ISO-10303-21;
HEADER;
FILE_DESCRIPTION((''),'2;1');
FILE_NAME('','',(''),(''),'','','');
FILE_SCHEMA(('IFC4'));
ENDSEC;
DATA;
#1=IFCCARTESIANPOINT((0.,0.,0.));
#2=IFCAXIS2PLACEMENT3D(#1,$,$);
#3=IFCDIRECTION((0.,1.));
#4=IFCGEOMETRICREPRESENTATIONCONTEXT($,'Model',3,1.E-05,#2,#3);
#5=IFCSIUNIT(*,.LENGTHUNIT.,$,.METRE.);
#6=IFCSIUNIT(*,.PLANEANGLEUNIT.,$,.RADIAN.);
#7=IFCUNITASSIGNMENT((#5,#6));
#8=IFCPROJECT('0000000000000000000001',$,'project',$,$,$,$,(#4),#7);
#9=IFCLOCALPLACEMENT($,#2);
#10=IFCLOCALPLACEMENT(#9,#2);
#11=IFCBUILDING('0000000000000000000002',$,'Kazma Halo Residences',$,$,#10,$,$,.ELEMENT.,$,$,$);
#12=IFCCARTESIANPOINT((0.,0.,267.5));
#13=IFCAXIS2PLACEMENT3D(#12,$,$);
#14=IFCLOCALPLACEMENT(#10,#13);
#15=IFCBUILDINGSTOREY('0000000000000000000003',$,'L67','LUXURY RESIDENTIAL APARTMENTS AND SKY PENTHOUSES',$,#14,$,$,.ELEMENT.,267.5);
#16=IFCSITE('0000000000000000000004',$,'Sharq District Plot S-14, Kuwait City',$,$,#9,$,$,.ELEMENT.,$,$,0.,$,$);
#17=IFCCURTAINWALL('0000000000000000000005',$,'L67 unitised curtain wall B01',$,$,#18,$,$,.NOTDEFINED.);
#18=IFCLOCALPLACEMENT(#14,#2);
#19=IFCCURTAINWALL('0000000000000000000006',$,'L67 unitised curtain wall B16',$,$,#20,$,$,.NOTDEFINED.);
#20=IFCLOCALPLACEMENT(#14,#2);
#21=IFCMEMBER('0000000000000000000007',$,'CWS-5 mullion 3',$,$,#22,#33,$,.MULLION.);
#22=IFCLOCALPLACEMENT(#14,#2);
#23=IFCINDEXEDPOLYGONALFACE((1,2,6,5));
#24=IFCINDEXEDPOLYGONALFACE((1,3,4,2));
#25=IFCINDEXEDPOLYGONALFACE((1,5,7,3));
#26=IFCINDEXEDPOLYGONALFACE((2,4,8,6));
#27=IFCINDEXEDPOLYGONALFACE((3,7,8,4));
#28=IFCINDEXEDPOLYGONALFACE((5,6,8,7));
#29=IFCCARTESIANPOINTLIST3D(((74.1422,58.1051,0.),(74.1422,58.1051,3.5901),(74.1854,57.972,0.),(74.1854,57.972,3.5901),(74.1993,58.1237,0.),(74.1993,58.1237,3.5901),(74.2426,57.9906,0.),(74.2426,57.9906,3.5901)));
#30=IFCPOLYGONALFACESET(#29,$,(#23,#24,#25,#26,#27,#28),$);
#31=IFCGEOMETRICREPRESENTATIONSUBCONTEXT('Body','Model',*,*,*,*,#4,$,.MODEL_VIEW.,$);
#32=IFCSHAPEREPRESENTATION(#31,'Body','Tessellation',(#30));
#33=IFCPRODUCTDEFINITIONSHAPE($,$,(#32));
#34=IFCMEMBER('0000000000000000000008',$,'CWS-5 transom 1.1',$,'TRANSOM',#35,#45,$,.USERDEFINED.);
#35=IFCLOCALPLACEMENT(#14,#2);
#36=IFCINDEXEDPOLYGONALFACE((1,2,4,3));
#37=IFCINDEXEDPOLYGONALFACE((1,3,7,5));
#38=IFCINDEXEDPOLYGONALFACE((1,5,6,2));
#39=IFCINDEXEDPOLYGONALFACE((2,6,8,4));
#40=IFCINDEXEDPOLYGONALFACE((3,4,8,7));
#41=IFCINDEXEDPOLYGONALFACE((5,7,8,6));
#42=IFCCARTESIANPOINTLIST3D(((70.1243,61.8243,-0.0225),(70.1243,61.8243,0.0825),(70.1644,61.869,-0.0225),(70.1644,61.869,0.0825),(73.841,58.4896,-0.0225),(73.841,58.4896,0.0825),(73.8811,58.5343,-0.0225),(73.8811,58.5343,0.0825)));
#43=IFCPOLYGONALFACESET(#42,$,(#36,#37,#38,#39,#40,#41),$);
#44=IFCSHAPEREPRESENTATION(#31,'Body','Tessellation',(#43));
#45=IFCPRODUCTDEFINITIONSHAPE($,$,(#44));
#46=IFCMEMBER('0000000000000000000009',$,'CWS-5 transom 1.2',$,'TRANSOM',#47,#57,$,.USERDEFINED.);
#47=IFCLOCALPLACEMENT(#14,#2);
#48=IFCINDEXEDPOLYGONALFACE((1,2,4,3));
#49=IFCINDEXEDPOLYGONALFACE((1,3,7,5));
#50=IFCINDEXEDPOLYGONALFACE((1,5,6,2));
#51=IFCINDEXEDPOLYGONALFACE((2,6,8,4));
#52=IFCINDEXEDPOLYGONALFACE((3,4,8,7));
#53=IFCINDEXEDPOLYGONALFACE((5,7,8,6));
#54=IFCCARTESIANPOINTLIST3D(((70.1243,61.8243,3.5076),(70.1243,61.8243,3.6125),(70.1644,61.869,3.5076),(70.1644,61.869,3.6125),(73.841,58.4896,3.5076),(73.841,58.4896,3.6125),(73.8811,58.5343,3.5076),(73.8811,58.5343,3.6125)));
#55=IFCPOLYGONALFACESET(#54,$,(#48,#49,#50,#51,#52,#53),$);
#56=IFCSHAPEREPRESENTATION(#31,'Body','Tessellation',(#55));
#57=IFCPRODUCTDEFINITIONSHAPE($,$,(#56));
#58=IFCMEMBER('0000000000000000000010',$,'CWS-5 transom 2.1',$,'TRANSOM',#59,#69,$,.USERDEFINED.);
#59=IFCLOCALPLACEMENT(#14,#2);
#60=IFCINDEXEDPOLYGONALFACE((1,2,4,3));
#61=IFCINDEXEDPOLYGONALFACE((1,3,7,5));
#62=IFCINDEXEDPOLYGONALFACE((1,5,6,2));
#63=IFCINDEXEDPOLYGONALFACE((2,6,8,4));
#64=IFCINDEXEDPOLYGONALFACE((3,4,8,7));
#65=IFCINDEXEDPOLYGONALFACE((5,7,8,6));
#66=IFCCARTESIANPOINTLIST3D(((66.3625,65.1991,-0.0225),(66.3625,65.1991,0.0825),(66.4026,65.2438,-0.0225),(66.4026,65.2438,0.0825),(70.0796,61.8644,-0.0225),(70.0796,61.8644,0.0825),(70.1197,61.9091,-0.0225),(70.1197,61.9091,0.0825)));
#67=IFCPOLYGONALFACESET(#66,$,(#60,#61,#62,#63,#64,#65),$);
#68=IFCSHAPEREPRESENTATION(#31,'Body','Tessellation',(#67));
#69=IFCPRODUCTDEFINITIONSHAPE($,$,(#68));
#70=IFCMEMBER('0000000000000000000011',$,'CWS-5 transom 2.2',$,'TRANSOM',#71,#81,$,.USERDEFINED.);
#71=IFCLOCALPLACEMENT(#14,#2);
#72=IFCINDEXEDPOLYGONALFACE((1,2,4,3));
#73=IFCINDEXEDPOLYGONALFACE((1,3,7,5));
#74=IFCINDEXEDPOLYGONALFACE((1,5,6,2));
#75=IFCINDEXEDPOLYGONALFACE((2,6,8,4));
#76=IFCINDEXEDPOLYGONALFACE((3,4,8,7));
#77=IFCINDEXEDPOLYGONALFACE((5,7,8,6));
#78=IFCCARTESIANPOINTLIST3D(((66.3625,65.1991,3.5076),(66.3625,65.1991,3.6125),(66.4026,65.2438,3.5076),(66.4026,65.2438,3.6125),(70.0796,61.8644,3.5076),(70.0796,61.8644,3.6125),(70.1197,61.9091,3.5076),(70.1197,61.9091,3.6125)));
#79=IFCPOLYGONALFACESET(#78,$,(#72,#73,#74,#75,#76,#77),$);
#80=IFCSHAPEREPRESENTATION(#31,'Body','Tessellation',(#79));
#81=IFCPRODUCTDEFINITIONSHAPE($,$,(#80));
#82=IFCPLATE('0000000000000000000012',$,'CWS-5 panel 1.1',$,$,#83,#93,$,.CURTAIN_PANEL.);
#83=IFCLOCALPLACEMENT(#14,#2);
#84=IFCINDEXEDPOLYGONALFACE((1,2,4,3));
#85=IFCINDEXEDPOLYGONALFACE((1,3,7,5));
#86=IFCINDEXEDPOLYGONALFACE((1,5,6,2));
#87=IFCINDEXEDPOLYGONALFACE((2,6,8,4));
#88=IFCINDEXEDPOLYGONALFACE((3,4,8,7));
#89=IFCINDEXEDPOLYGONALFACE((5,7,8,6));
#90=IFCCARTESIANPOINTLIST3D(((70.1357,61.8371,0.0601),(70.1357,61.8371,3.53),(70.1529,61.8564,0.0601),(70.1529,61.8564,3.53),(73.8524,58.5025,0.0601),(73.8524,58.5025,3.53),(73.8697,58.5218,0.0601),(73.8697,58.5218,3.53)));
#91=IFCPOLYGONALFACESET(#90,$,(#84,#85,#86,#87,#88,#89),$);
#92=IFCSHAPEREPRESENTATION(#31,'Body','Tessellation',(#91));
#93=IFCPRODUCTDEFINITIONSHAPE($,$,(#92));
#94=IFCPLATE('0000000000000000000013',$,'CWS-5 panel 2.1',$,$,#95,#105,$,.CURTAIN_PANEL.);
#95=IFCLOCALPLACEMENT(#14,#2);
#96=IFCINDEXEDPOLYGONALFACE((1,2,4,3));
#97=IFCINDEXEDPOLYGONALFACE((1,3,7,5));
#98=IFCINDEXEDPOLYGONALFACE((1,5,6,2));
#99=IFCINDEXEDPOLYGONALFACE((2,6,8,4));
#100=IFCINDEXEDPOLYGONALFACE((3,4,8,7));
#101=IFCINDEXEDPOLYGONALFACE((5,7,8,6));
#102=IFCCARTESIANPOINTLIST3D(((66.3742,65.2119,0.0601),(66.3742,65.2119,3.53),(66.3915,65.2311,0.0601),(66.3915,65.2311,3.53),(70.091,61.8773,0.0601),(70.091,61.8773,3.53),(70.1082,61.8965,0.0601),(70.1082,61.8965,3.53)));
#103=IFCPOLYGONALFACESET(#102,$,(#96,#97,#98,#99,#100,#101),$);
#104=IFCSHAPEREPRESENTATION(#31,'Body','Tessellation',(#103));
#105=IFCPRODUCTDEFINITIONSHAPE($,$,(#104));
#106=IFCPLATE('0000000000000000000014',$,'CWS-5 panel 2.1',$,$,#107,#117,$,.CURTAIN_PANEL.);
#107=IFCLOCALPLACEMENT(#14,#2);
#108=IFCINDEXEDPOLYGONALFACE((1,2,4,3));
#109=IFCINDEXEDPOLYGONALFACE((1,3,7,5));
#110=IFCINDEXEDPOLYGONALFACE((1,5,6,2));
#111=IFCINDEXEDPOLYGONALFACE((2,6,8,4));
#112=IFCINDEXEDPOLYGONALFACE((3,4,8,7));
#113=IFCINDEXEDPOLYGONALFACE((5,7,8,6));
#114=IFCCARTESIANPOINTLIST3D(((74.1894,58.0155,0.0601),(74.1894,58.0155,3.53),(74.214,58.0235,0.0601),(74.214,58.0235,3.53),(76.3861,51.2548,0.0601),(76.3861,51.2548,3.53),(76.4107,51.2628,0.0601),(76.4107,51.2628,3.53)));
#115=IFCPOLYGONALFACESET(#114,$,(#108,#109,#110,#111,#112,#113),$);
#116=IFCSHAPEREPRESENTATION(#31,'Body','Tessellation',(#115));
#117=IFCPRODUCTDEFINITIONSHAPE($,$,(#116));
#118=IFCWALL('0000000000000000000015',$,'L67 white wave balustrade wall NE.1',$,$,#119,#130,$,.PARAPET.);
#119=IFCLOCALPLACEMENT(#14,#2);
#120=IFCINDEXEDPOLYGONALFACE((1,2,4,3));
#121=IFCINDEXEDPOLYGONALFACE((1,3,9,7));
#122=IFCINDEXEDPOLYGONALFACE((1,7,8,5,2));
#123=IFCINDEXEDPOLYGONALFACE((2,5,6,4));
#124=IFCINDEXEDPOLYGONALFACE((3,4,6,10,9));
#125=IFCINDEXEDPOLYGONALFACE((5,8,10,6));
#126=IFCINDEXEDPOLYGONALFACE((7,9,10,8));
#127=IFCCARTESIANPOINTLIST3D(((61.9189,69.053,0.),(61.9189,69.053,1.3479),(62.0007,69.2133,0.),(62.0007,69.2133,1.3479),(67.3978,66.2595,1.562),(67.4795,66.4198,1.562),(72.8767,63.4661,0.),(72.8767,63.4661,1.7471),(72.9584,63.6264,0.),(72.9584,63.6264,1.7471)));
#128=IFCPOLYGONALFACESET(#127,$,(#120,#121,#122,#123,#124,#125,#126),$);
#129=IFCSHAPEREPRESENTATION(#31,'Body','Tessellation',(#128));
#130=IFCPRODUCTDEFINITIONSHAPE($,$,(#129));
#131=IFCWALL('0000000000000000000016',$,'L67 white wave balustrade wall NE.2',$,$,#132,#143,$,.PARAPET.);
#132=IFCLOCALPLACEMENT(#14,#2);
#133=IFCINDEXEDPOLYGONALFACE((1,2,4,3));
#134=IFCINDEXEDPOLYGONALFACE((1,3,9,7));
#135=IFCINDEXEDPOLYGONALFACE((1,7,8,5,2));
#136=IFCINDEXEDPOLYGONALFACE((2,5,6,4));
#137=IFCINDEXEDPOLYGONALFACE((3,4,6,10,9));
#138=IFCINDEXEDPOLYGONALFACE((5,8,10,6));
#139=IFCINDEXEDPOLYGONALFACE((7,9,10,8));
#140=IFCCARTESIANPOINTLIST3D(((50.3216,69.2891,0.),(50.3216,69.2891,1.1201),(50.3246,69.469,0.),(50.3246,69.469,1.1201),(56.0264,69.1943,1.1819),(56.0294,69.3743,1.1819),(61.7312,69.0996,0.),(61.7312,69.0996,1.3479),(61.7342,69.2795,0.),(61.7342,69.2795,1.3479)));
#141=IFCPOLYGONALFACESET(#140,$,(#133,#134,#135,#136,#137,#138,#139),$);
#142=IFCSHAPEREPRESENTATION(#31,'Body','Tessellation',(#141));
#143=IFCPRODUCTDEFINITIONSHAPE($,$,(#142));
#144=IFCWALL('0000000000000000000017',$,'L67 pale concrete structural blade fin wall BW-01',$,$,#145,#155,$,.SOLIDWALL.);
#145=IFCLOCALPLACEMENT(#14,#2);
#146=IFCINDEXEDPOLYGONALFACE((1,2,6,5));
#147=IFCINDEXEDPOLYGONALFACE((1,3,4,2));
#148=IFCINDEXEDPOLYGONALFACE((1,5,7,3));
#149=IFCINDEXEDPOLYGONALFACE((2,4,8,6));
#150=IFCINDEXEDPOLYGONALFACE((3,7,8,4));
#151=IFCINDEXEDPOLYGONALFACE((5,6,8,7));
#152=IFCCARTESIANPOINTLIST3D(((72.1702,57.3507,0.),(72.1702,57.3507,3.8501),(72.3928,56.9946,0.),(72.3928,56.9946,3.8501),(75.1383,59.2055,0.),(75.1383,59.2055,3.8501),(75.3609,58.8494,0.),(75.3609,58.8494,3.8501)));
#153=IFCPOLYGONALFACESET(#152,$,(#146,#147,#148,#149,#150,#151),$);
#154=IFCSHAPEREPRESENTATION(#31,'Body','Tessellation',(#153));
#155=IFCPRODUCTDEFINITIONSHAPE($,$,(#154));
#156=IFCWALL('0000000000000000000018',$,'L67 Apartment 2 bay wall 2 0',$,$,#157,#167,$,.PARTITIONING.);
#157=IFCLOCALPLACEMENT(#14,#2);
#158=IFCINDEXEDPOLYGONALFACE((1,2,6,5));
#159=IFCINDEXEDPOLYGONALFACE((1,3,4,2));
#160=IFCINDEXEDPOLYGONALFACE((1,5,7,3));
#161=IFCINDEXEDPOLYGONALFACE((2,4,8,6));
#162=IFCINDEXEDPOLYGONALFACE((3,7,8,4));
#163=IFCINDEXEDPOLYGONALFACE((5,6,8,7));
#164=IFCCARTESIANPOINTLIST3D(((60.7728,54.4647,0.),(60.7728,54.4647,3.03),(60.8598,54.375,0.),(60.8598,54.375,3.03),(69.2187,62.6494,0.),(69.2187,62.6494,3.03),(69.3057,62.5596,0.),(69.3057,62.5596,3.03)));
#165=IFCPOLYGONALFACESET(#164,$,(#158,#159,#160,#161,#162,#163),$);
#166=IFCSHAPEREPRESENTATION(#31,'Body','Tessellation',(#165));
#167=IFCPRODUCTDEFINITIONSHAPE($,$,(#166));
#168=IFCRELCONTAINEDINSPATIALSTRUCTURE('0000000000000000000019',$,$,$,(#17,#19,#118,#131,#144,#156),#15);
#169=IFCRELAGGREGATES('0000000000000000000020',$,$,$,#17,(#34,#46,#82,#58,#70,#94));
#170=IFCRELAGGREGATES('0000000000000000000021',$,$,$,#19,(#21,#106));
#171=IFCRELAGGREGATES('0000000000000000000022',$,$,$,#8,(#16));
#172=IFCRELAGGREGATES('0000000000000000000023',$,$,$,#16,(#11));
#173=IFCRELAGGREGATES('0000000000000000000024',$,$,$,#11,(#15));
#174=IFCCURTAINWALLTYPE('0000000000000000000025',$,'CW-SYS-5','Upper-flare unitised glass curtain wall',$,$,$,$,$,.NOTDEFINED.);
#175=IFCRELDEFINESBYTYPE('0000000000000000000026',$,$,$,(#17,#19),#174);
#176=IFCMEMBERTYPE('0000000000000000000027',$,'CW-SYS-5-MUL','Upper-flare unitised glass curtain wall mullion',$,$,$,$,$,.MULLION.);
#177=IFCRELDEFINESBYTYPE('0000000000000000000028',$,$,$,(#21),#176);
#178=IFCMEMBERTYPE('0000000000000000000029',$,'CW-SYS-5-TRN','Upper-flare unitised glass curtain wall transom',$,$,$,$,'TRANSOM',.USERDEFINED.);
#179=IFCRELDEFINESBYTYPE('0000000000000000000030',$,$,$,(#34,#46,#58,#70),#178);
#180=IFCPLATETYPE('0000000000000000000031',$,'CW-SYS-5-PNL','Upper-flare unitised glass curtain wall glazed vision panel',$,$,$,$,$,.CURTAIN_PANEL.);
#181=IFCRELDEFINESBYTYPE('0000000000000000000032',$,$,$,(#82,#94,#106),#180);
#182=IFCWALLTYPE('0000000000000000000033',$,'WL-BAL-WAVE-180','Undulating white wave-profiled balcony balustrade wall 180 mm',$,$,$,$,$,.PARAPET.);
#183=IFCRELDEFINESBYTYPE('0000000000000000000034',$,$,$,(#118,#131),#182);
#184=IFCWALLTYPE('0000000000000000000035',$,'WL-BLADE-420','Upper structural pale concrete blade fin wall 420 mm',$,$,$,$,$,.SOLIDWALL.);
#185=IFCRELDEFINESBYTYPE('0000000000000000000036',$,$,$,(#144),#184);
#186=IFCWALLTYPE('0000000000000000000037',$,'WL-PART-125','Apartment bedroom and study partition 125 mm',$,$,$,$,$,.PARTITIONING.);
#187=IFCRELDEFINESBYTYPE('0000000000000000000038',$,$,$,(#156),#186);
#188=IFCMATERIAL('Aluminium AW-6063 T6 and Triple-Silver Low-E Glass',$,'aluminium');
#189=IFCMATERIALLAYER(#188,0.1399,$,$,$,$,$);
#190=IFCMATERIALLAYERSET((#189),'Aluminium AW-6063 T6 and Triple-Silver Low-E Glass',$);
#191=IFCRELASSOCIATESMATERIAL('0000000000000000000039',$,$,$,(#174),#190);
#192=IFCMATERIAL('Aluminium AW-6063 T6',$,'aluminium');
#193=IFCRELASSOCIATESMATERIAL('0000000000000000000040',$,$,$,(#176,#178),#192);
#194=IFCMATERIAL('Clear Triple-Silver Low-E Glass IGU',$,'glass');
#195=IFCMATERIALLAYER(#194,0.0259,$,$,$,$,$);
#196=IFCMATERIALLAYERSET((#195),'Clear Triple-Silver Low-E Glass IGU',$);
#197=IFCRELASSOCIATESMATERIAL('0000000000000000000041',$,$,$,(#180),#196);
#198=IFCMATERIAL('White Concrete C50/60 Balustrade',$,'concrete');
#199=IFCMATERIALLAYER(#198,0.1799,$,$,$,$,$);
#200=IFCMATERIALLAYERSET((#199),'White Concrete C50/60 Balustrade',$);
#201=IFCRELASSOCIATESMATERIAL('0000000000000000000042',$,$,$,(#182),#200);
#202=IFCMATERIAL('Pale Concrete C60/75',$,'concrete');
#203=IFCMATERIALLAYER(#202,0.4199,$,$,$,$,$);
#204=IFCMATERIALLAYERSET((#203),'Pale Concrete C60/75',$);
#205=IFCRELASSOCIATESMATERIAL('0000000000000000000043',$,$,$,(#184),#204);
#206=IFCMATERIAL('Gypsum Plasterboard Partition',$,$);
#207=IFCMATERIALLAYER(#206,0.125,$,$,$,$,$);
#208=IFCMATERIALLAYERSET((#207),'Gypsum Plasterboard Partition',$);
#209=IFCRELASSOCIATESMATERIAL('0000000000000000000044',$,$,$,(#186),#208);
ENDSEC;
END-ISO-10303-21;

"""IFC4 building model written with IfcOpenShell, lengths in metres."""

from ifc_helpers import new_model, si_unit, direction, frame, frame_2d, origin, origin_2d, place, context, subcontext, project, spatial, polyline, rectangle, outline, extrude, material, layer, layer_set, material_profile, profile_set, type_object, element, aggregate, save


model = new_model("IFC4")

# Units and contexts
model_context = context("Model", 3, precision=1e-05, world=origin(), true_north=direction((0.0, 1.0)))
body_context = subcontext(model_context, "Body", "Model", "MODEL_VIEW")
ifc_project = project(units=[si_unit("LENGTHUNIT", "METRE"), si_unit("PLANEANGLEUNIT", "RADIAN")], contexts=[model_context])

# Site, building, storey
site_placement = place(None, origin())
site = spatial("IfcSite", under=ifc_project, at=site_placement, Name="Sharq District Plot S-14, Kuwait City", CompositionType="ELEMENT", RefElevation=0.0)
building_placement = place(site_placement, origin())
building = spatial("IfcBuilding", under=site, at=building_placement, Name="Kazma Halo Residences", CompositionType="ELEMENT")
storey_placement = place(building_placement, frame((0.0, 0.0, 267.5)))
storey = spatial("IfcBuildingStorey", under=building, at=storey_placement, Name="L67", Description="LUXURY RESIDENTIAL APARTMENTS AND SKY PENTHOUSES", CompositionType="ELEMENT", Elevation=267.5)

# Curtain wall
ifc_material_1 = material(Name="Aluminium AW-6063 T6 and Triple-Silver Low-E Glass", Category="aluminium")
ifc_layer_1 = layer(ifc_material_1, 0.1399)
ifc_layer_set_1 = layer_set([ifc_layer_1], Name="Aluminium AW-6063 T6 and Triple-Silver Low-E Glass")
curtain_wall_type = type_object("IfcCurtainWallType", Name="CW-SYS-5", Description="Upper-flare unitised glass curtain wall", PredefinedType="NOTDEFINED", material=ifc_layer_set_1)
curtain_wall_1_placement = place(storey_placement, origin())
curtain_wall_1 = element("IfcCurtainWall", 1, at=curtain_wall_1_placement, inside=storey, type_object=curtain_wall_type, Name="L67 unitised curtain wall B01", PredefinedType="NOTDEFINED")
ifc_material_2 = material(Name="Aluminium AW-6063 T6", Category="aluminium")
ifc_material_profile_1 = material_profile(ifc_material_2, rectangle(XDim=0.0601, YDim=0.1399, at=origin_2d()), Name="CWM-60x140")
ifc_profile_set_1 = profile_set([ifc_material_profile_1], Name="Aluminium AW-6063 T6")
member_type_1 = type_object("IfcMemberType", Name="CW-SYS-5-MUL", Description="Upper-flare unitised glass curtain wall mullion", PredefinedType="MULLION", material=ifc_profile_set_1)

# Curtain wall, member
curtain_wall_2_placement = place(storey_placement, origin())
curtain_wall_2 = element("IfcCurtainWall", 2, at=curtain_wall_2_placement, inside=storey, type_object=curtain_wall_type, Name="L67 unitised curtain wall B16", PredefinedType="NOTDEFINED")
member_1_placement = place(storey_placement, frame((74.1924, 58.0479, 0.0), z_axis=(0.0, 0.0, 1.0), x_axis=(-0.951058, -0.309011, 0.0)))
member_1 = element("IfcMember", 3, at=member_1_placement, type_object=member_type_1, Name="CWS-5 mullion 3", PredefinedType="MULLION", context=body_context, shape_type="SweptSolid", body=[
    extrude(rectangle(XDim=0.0601, YDim=0.1399, at=origin_2d()), origin(), (0.0, 0.0, 1.0), 3.5901),
])

# Members
ifc_material_profile_2 = material_profile(ifc_material_2, rectangle(XDim=0.0601, YDim=0.105, at=origin_2d()), Name="CWT-60x105")
ifc_profile_set_2 = profile_set([ifc_material_profile_2], Name="Aluminium AW-6063 T6")
member_type_2 = type_object("IfcMemberType", Name="CW-SYS-5-TRN", Description="Upper-flare unitised glass curtain wall transom", ElementType="TRANSOM", PredefinedType="USERDEFINED", material=ifc_profile_set_2)
member_2_placement = place(storey_placement, frame((73.8611, 58.512, 0.03), z_axis=(-0.744329, 0.667813, 0.0), x_axis=(-0.667813, -0.744329, 0.0)))
member_2 = element("IfcMember", 4, at=member_2_placement, type_object=member_type_2, Name="CWS-5 transom 1.1", ObjectType="TRANSOM", PredefinedType="USERDEFINED", context=body_context, shape_type="SweptSolid", body=[
    extrude(rectangle(XDim=0.0601, YDim=0.105, at=origin_2d()), origin(), (0.0, 0.0, 1.0), 4.9934),
])
member_3_placement = place(storey_placement, frame((73.8611, 58.512, 3.5601), z_axis=(-0.744329, 0.667813, 0.0), x_axis=(-0.667813, -0.744329, 0.0)))
member_3 = element("IfcMember", 5, at=member_3_placement, type_object=member_type_2, Name="CWS-5 transom 1.2", ObjectType="TRANSOM", PredefinedType="USERDEFINED", context=body_context, shape_type="SweptSolid", body=[
    extrude(rectangle(XDim=0.0601, YDim=0.105, at=origin_2d()), origin(), (0.0, 0.0, 1.0), 4.9934),
])
member_4_placement = place(storey_placement, frame((70.0996, 61.8867, 0.03), z_axis=(-0.744351, 0.667789, 0.0), x_axis=(-0.667789, -0.744351, 0.0)))
member_4 = element("IfcMember", 6, at=member_4_placement, type_object=member_type_2, Name="CWS-5 transom 2.1", ObjectType="TRANSOM", PredefinedType="USERDEFINED", context=body_context, shape_type="SweptSolid", body=[
    extrude(rectangle(XDim=0.0601, YDim=0.105, at=origin_2d()), origin(), (0.0, 0.0, 1.0), 4.9937),
])
member_5_placement = place(storey_placement, frame((70.0996, 61.8867, 3.5601), z_axis=(-0.744351, 0.667789, 0.0), x_axis=(-0.667789, -0.744351, 0.0)))
member_5 = element("IfcMember", 7, at=member_5_placement, type_object=member_type_2, Name="CWS-5 transom 2.2", ObjectType="TRANSOM", PredefinedType="USERDEFINED", context=body_context, shape_type="SweptSolid", body=[
    extrude(rectangle(XDim=0.0601, YDim=0.105, at=origin_2d()), origin(), (0.0, 0.0, 1.0), 4.9937),
])

# Plates
ifc_material_3 = material(Name="Clear Triple-Silver Low-E Glass IGU", Category="glass")
ifc_layer_2 = layer(ifc_material_3, 0.0259)
ifc_layer_set_2 = layer_set([ifc_layer_2], Name="Clear Triple-Silver Low-E Glass IGU")
plate_type = type_object("IfcPlateType", Name="CW-SYS-5-PNL", Description="Upper-flare unitised glass curtain wall glazed vision panel", PredefinedType="CURTAIN_PANEL", material=ifc_layer_set_2)
plate_1_placement = place(storey_placement, frame((72.0027, 60.1794, 0.0601), z_axis=(0.0, 0.0, 1.0), x_axis=(-0.744336, 0.667805, 0.0)))
plate_1 = element("IfcPlate", 8, at=plate_1_placement, type_object=plate_type, Name="CWS-5 panel 1.1", PredefinedType="CURTAIN_PANEL", context=body_context, shape_type="SweptSolid", body=[
    extrude(rectangle(XDim=4.9934, YDim=0.0259, at=origin_2d()), origin(), (0.0, 0.0, 1.0), 3.47),
])
plate_2_placement = place(storey_placement, frame((68.2412, 63.5542, 0.0601), z_axis=(0.0, 0.0, 1.0), x_axis=(-0.744336, 0.667805, 0.0)))
plate_2 = element("IfcPlate", 9, at=plate_2_placement, type_object=plate_type, Name="CWS-5 panel 2.1", PredefinedType="CURTAIN_PANEL", context=body_context, shape_type="SweptSolid", body=[
    extrude(rectangle(XDim=4.9934, YDim=0.0259, at=origin_2d()), origin(), (0.0, 0.0, 1.0), 3.47),
])
aggregate(curtain_wall_1, [member_2, member_3, plate_1, member_4, member_5, plate_2])
plate_3_placement = place(storey_placement, frame((75.3, 54.6392, 0.0601), z_axis=(0.0, 0.0, 1.0), x_axis=(-0.309011, 0.951058, 0.0)))
plate_3 = element("IfcPlate", 10, at=plate_3_placement, type_object=plate_type, Name="CWS-5 panel 2.1", PredefinedType="CURTAIN_PANEL", context=body_context, shape_type="SweptSolid", body=[
    extrude(rectangle(XDim=7.1086, YDim=0.0259, at=origin_2d()), origin(), (0.0, 0.0, 1.0), 3.47),
])
aggregate(curtain_wall_2, [member_1, plate_3])

# Walls
ifc_material_4 = material(Name="White Concrete C50/60 Balustrade", Category="concrete")
ifc_layer_3 = layer(ifc_material_4, 0.1799)
ifc_layer_set_3 = layer_set([ifc_layer_3], Name="White Concrete C50/60 Balustrade")
wall_type_1 = type_object("IfcWallType", Name="WL-BAL-WAVE-180", Description="Undulating white wave-profiled balcony balustrade wall 180 mm", PredefinedType="PARAPET", material=ifc_layer_set_3)
wall_1_placement = place(storey_placement, frame((72.9175, 63.5461, 0.0), z_axis=(0.0, 0.0, 1.0), x_axis=(-0.890886, 0.454226, 0.0)))
element("IfcWall", 11, at=wall_1_placement, inside=storey, type_object=wall_type_1, Name="L67 white wave balustrade wall NE.1", PredefinedType="PARAPET", context=body_context, shape_type="SweptSolid", body=[
    extrude(outline(polyline([(0.0, 0.0), (12.2998, 0.0), (12.2998, 1.3479), (6.1499, 1.562), (0.0, 1.7471), (0.0, 0.0)])), frame((0.0, 0.0898, 0.0), z_axis=(0.0, -1.0, 0.0), x_axis=(1.0, 0.0, 0.0)), (0.0, 0.0, 1.0), 0.1799),
])
wall_2_placement = place(storey_placement, frame((61.7327, 69.1895, 0.0), z_axis=(0.0, 0.0, 1.0), x_axis=(-0.999862, 0.016602, 0.0)))
element("IfcWall", 12, at=wall_2_placement, inside=storey, type_object=wall_type_1, Name="L67 white wave balustrade wall NE.2", PredefinedType="PARAPET", context=body_context, shape_type="SweptSolid", body=[
    extrude(outline(polyline([(0.0, 0.0), (11.4111, 0.0), (11.4111, 1.1201), (5.7056, 1.1819), (0.0, 1.3479), (0.0, 0.0)])), frame((0.0, 0.0898, 0.0), z_axis=(0.0, -1.0, 0.0), x_axis=(1.0, 0.0, 0.0)), (0.0, 0.0, 1.0), 0.1799),
])
ifc_material_5 = material(Name="Pale Concrete C60/75", Category="concrete")
ifc_layer_4 = layer(ifc_material_5, 0.4199)
ifc_layer_set_4 = layer_set([ifc_layer_4], Name="Pale Concrete C60/75")
wall_type_2 = type_object("IfcWallType", Name="WL-BLADE-420", Description="Upper structural pale concrete blade fin wall 420 mm", PredefinedType="SOLIDWALL", material=ifc_layer_set_4)
wall_3_placement = place(storey_placement, frame((72.2815, 57.1726, 0.0), z_axis=(0.0, 0.0, 1.0), x_axis=(0.848034, 0.529943, 0.0)))
element("IfcWall", 13, at=wall_3_placement, inside=storey, type_object=wall_type_2, Name="L67 pale concrete structural blade fin wall BW-01", PredefinedType="SOLIDWALL", context=body_context, shape_type="SweptSolid", body=[
    extrude(rectangle(XDim=3.5, YDim=0.4199, at=frame_2d((1.75, 0.0))), origin(), (0.0, 0.0, 1.0), 3.8501),
])

# Wall
ifc_material_6 = material(Name="Gypsum Plasterboard Partition")
ifc_layer_5 = layer(ifc_material_6, 0.125)
ifc_layer_set_5 = layer_set([ifc_layer_5], Name="Gypsum Plasterboard Partition")
wall_type_3 = type_object("IfcWallType", Name="WL-PART-125", Description="Apartment bedroom and study partition 125 mm", PredefinedType="PARTITIONING", material=ifc_layer_set_5)
wall_4_placement = place(storey_placement, frame((60.8164, 54.4199, 0.0), z_axis=(0.0, 0.0, 1.0), x_axis=(0.718125, 0.695914, 0.0)))
element("IfcWall", 14, at=wall_4_placement, inside=storey, type_object=wall_type_3, Name="L67 Apartment 2 bay wall 2 0", PredefinedType="PARTITIONING", context=body_context, shape_type="SweptSolid", body=[
    extrude(rectangle(XDim=11.761, YDim=0.125, at=frame_2d((5.8804, 0.0))), origin(), (0.0, 0.0, 1.0), 3.03),
])

save(model, "model.ifc")
